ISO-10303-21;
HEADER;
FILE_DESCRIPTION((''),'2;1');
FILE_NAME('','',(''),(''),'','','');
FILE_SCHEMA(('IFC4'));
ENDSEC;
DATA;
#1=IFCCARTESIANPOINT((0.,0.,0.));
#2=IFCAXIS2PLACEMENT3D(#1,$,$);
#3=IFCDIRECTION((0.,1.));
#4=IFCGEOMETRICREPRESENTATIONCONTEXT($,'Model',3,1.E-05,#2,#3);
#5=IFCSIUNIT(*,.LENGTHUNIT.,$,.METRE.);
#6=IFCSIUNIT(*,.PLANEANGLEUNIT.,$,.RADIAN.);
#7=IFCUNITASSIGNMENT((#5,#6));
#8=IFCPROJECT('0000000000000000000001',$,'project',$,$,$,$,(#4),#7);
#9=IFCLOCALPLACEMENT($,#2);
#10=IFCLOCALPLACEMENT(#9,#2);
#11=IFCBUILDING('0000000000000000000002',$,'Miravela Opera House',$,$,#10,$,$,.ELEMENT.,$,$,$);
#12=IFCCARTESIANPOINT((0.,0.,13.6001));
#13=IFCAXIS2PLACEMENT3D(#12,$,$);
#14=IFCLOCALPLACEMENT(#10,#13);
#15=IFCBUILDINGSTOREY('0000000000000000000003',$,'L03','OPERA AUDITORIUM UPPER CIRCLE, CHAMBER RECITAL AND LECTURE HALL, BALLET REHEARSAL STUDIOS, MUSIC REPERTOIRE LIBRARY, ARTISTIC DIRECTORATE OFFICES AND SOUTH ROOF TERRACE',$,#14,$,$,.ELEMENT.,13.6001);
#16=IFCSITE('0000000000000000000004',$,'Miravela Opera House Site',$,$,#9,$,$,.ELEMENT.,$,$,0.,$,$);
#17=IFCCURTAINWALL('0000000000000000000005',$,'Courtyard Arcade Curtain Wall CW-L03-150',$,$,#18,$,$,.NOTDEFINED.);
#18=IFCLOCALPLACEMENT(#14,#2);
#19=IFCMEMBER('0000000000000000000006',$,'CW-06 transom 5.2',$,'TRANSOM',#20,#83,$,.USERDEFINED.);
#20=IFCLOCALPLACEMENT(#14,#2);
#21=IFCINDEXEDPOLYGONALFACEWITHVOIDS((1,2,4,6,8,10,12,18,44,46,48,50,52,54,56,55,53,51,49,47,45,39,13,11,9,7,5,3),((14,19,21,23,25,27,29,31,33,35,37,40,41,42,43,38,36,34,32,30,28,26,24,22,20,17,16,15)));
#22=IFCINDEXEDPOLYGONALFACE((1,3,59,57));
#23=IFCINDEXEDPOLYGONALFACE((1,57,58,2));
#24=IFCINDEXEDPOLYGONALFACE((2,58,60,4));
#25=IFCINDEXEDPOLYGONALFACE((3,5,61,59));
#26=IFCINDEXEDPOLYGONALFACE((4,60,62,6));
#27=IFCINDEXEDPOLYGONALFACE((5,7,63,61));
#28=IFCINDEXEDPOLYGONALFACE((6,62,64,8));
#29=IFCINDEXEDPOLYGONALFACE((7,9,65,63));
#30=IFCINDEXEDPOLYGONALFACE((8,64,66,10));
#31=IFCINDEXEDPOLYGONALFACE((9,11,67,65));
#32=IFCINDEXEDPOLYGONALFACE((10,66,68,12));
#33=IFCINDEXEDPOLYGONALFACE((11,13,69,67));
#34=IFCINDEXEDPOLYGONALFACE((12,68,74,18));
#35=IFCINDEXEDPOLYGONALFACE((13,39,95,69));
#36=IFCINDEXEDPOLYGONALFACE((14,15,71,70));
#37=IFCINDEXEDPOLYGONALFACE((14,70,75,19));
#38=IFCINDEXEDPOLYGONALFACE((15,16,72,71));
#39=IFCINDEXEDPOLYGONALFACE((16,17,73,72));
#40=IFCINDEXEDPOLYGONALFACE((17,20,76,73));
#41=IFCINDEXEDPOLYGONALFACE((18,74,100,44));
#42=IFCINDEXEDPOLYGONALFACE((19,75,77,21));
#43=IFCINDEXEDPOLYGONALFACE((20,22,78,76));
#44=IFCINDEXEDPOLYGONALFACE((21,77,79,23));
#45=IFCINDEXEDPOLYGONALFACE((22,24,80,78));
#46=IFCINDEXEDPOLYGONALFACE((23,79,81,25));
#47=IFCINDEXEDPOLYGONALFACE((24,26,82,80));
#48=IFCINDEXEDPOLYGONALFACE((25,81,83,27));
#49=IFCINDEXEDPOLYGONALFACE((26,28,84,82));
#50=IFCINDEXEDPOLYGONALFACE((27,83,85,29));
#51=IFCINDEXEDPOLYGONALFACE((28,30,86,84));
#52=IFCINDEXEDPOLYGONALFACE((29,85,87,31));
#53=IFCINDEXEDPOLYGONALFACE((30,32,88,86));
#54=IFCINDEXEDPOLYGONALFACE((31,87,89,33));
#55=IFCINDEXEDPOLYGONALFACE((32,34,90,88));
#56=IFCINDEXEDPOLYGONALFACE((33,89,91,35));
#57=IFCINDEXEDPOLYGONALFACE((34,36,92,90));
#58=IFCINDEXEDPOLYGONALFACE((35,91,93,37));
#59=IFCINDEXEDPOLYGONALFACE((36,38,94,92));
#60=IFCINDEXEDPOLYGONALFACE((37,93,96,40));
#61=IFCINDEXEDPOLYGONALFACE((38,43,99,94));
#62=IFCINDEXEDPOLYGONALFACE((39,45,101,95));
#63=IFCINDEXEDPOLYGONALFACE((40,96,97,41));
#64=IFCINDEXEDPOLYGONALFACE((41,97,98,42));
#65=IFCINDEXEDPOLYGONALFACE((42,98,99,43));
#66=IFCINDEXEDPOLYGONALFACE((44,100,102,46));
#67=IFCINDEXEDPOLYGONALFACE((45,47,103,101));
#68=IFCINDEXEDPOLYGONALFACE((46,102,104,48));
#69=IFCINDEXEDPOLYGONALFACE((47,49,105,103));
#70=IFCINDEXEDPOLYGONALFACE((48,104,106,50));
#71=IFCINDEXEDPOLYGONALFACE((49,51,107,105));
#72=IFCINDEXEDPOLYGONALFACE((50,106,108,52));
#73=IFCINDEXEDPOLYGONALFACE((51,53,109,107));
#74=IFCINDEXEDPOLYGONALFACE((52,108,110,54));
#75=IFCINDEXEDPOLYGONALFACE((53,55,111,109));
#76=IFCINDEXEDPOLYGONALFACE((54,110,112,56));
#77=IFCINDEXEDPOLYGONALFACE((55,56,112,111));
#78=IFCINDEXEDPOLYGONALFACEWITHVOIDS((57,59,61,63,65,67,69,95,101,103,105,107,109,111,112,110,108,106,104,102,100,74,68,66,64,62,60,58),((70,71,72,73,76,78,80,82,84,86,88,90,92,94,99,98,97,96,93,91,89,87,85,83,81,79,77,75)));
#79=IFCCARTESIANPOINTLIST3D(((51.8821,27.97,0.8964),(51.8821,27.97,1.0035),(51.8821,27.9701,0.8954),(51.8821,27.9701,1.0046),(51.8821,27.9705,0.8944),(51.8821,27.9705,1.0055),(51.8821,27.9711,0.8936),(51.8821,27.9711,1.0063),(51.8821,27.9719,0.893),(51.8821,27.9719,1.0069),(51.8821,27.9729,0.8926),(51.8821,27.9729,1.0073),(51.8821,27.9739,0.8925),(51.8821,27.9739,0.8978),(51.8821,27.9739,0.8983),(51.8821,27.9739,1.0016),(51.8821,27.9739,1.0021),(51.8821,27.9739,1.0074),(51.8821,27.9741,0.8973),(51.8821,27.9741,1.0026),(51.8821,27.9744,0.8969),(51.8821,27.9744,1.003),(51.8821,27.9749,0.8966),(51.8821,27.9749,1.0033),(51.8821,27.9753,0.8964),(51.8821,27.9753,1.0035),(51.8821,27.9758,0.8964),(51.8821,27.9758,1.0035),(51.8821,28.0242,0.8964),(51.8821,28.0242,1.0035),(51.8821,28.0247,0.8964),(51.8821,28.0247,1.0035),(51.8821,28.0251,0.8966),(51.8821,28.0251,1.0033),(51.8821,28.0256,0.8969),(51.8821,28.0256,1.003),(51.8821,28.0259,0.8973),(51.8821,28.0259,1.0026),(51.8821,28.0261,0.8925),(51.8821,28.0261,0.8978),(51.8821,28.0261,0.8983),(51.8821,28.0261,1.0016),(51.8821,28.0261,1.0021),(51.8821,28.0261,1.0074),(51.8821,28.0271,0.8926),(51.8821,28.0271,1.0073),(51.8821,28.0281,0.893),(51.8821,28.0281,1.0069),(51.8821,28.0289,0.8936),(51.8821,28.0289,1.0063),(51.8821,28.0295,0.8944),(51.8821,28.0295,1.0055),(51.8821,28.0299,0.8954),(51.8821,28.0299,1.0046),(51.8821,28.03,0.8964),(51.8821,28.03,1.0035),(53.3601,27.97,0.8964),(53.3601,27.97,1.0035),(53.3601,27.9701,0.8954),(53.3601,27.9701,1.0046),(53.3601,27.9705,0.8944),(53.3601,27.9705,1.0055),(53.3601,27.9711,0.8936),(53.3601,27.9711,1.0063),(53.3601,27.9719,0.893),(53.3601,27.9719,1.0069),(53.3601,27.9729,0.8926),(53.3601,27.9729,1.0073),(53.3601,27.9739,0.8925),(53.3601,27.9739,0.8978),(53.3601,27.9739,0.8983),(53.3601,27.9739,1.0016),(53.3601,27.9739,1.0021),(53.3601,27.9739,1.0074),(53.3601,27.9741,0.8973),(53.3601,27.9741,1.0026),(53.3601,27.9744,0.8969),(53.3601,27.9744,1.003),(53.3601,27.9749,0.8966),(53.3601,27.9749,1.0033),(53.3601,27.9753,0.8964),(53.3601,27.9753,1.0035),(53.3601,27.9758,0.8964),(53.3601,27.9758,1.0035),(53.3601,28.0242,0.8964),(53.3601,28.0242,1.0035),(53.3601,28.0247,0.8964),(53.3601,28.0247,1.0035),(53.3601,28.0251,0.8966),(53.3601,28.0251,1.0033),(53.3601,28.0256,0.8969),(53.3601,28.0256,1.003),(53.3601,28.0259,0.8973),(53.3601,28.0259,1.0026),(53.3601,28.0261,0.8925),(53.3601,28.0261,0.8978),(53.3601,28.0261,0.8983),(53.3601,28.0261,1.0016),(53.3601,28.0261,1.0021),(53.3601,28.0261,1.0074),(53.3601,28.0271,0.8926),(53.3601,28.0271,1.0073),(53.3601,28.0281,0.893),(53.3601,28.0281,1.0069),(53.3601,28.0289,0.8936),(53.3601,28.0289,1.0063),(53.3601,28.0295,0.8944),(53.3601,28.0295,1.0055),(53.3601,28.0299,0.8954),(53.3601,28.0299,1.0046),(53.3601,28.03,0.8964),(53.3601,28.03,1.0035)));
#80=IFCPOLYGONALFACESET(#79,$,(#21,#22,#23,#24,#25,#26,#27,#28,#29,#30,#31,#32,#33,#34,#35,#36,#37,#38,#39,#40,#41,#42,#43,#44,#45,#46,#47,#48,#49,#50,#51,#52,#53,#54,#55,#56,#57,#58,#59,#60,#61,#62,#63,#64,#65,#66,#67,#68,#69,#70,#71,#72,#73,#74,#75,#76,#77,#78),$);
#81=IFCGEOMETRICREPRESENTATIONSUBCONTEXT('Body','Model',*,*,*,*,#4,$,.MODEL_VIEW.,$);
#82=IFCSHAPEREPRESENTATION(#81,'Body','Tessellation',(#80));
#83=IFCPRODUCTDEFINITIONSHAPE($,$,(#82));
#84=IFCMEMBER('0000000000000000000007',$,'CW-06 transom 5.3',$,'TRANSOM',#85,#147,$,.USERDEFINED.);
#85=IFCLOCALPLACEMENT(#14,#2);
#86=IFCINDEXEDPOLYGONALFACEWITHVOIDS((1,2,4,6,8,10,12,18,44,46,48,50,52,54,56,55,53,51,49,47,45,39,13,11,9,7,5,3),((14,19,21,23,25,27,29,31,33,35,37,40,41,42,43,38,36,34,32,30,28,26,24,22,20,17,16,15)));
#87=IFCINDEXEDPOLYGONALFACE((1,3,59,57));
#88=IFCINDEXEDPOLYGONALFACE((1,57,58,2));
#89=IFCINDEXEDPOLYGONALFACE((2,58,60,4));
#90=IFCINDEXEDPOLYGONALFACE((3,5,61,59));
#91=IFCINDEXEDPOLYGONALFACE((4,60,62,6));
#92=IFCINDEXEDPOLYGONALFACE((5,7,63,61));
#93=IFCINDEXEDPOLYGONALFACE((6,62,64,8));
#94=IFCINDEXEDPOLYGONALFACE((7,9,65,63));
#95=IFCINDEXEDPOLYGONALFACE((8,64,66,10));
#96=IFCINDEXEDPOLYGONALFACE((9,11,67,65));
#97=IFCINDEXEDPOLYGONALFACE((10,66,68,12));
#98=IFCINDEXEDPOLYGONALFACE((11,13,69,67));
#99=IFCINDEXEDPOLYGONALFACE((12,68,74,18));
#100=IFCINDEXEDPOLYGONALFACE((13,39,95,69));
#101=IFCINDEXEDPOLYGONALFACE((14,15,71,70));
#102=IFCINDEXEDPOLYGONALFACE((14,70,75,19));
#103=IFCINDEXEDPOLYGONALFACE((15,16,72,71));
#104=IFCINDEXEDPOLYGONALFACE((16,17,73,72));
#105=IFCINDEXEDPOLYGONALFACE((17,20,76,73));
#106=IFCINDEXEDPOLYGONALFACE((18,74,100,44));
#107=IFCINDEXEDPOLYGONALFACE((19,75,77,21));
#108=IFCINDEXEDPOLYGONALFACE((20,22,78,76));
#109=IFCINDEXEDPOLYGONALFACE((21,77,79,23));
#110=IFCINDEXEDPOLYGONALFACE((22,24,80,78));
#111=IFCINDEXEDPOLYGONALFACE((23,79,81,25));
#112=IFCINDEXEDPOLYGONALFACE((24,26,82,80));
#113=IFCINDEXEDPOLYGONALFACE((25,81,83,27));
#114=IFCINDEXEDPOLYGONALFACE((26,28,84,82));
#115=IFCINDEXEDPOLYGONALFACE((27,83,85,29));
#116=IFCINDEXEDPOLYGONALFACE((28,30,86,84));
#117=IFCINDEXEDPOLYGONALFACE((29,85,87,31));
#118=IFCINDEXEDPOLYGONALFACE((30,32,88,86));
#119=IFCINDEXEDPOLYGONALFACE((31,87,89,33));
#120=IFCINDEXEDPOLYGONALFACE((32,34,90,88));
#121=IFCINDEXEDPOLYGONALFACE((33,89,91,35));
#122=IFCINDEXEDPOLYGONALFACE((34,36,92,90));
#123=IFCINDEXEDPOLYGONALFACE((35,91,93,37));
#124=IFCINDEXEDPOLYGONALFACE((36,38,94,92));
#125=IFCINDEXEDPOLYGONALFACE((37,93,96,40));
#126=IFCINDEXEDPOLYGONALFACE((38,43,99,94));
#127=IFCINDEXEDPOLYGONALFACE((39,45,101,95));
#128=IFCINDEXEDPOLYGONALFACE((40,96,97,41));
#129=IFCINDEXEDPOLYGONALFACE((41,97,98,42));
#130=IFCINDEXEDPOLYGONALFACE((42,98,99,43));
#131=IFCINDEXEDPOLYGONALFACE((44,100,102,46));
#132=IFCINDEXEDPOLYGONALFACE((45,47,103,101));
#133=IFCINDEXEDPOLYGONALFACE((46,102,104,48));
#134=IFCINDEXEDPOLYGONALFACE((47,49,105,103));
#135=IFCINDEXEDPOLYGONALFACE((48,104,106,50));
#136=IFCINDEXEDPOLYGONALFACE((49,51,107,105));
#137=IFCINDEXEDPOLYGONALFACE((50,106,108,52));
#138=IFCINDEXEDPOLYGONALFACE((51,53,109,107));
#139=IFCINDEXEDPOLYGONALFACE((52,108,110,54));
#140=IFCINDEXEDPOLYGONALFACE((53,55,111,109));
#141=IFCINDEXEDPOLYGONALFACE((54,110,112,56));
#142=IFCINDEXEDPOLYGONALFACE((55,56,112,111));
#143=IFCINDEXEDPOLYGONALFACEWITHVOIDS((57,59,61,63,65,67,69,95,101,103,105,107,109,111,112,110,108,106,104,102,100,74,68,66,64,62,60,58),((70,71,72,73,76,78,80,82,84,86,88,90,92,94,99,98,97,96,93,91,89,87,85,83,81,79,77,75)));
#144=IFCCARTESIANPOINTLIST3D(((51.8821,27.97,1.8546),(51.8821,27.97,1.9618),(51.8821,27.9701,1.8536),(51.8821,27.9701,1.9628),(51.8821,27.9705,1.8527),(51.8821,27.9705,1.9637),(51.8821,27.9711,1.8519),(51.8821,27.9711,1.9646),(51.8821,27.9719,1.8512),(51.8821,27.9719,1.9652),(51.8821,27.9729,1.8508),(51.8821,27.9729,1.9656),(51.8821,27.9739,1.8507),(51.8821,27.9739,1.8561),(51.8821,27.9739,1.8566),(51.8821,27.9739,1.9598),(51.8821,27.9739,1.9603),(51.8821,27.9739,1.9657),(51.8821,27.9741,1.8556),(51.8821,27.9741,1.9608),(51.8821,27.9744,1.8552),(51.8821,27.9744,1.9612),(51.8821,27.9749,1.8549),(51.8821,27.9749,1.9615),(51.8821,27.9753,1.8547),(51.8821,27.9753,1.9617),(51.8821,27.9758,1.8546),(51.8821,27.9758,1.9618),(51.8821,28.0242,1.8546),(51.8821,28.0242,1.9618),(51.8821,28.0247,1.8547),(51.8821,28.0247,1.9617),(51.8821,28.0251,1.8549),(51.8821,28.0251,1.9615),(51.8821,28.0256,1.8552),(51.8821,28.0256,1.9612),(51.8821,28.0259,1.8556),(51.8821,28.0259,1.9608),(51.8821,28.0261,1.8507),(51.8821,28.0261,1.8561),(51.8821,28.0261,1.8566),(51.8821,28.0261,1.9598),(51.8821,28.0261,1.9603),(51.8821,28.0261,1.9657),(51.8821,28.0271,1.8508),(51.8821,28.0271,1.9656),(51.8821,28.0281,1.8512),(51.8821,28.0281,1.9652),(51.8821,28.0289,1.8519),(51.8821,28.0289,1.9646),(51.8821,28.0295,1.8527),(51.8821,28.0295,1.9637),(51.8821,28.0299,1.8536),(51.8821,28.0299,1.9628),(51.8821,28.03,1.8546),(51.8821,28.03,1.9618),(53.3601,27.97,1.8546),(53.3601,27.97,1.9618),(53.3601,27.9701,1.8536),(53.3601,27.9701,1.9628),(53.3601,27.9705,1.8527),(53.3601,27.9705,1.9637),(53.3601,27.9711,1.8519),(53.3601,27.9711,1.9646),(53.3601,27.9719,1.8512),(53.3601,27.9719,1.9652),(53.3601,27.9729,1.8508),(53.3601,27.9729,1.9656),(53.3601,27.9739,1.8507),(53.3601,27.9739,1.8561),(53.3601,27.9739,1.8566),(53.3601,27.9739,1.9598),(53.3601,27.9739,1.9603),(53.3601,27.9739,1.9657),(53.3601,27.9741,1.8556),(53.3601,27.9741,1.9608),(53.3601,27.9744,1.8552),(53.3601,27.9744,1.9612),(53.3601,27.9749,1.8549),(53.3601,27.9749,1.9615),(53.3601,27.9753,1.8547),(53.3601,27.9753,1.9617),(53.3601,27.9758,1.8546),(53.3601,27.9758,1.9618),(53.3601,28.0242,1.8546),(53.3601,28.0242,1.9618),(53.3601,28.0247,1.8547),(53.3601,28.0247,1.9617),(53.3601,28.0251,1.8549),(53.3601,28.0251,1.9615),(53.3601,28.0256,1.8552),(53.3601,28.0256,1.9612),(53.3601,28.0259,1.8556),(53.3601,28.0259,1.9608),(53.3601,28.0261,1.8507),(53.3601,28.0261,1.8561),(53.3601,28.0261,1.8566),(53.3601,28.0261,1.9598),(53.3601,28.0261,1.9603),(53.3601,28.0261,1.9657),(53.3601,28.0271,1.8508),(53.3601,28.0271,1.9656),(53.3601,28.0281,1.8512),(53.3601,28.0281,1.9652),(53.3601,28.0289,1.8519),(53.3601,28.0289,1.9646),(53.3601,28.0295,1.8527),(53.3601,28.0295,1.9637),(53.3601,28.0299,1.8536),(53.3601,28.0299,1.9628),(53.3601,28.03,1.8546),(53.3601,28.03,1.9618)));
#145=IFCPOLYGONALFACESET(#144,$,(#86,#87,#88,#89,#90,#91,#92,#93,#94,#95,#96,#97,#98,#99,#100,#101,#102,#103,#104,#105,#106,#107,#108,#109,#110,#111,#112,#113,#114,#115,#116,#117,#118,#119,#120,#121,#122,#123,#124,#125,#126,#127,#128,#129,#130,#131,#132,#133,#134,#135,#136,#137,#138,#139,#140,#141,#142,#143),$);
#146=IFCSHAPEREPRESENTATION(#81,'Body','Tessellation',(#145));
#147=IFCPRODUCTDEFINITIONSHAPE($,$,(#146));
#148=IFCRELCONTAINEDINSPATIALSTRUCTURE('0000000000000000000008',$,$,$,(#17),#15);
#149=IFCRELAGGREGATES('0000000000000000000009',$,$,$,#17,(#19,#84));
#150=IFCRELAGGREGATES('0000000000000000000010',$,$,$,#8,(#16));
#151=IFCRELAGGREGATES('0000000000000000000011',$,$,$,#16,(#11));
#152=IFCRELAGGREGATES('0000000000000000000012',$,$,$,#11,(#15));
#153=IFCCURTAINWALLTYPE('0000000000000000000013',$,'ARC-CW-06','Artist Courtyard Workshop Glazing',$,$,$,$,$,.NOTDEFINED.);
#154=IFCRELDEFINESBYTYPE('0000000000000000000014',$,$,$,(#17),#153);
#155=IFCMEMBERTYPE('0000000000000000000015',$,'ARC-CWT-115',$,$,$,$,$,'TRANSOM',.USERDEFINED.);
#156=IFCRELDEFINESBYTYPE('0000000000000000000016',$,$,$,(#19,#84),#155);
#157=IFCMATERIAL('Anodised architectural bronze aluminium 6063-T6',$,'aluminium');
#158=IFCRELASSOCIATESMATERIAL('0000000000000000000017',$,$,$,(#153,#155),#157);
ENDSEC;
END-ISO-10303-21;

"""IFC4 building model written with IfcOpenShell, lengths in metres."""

from ifc_helpers import new_model, si_unit, direction, frame, origin, origin_2d, place, context, subcontext, project, spatial, hollow_rectangle, extrude, material, material_profile, profile_set, type_object, element, aggregate, save


model = new_model("IFC4")

# Units and contexts
model_context = context("Model", 3, precision=1e-05, world=origin(), true_north=direction((0.0, 1.0)))
body_context = subcontext(model_context, "Body", "Model", "MODEL_VIEW")
ifc_project = project(units=[si_unit("LENGTHUNIT", "METRE"), si_unit("PLANEANGLEUNIT", "RADIAN")], contexts=[model_context])

# Site, building, storey
site_placement = place(None, origin())
site = spatial("IfcSite", under=ifc_project, at=site_placement, Name="Miravela Opera House Site", CompositionType="ELEMENT", RefElevation=0.0)
building_placement = place(site_placement, origin())
building = spatial("IfcBuilding", under=site, at=building_placement, Name="Miravela Opera House", CompositionType="ELEMENT")
storey_placement = place(building_placement, frame((0.0, 0.0, 13.6001)))
storey = spatial("IfcBuildingStorey", under=building, at=storey_placement, Name="L03", Description="OPERA AUDITORIUM UPPER CIRCLE, CHAMBER RECITAL AND LECTURE HALL, BALLET REHEARSAL STUDIOS, MUSIC REPERTOIRE LIBRARY, ARTISTIC DIRECTORATE OFFICES AND SOUTH ROOF TERRACE", CompositionType="ELEMENT", Elevation=13.6001)

# Curtain wall
ifc_material_1 = material(Name="Anodised architectural bronze aluminium 6063-T6", Category="aluminium")
curtain_wall_type = type_object("IfcCurtainWallType", Name="ARC-CW-06", Description="Artist Courtyard Workshop Glazing", PredefinedType="NOTDEFINED", material=ifc_material_1)
curtain_wall_1_placement = place(storey_placement, origin())
curtain_wall_1 = element("IfcCurtainWall", 1, at=curtain_wall_1_placement, inside=storey, type_object=curtain_wall_type, Name="Courtyard Arcade Curtain Wall CW-L03-150", PredefinedType="NOTDEFINED")

# Members
ifc_material_profile_1 = material_profile(ifc_material_1, hollow_rectangle(XDim=0.0601, YDim=0.115, WallThickness=0.0039, InnerFilletRadius=0.002, OuterFilletRadius=0.0039, at=origin_2d()), Name="CWT-60X115")
ifc_profile_set_1 = profile_set([ifc_material_profile_1])
member_type_1 = type_object("IfcMemberType", Name="ARC-CWT-115", ElementType="TRANSOM", PredefinedType="USERDEFINED", material=ifc_profile_set_1)
member_1_placement = place(storey_placement, frame((51.8821, 28.0, 0.95), z_axis=(1.0, 0.0, 0.0), x_axis=(0.0, 1.0, 0.0)))
member_1 = element("IfcMember", 2, at=member_1_placement, type_object=member_type_1, Name="CW-06 transom 5.2", ObjectType="TRANSOM", PredefinedType="USERDEFINED", context=body_context, shape_type="SweptSolid", body=[
    extrude(hollow_rectangle(XDim=0.0601, YDim=0.115, WallThickness=0.0039, InnerFilletRadius=0.002, OuterFilletRadius=0.0039, at=origin_2d()), origin(), (0.0, 0.0, 1.0), 1.478),
])
member_2_placement = place(storey_placement, frame((51.8821, 28.0, 1.9082), z_axis=(1.0, 0.0, 0.0), x_axis=(0.0, 1.0, 0.0)))
member_2 = element("IfcMember", 3, at=member_2_placement, type_object=member_type_1, Name="CW-06 transom 5.3", ObjectType="TRANSOM", PredefinedType="USERDEFINED", context=body_context, shape_type="SweptSolid", body=[
    extrude(hollow_rectangle(XDim=0.0601, YDim=0.115, WallThickness=0.0039, InnerFilletRadius=0.002, OuterFilletRadius=0.0039, at=origin_2d()), origin(), (0.0, 0.0, 1.0), 1.478),
])

aggregate(curtain_wall_1, [member_1, member_2])

save(model, "model.ifc")
